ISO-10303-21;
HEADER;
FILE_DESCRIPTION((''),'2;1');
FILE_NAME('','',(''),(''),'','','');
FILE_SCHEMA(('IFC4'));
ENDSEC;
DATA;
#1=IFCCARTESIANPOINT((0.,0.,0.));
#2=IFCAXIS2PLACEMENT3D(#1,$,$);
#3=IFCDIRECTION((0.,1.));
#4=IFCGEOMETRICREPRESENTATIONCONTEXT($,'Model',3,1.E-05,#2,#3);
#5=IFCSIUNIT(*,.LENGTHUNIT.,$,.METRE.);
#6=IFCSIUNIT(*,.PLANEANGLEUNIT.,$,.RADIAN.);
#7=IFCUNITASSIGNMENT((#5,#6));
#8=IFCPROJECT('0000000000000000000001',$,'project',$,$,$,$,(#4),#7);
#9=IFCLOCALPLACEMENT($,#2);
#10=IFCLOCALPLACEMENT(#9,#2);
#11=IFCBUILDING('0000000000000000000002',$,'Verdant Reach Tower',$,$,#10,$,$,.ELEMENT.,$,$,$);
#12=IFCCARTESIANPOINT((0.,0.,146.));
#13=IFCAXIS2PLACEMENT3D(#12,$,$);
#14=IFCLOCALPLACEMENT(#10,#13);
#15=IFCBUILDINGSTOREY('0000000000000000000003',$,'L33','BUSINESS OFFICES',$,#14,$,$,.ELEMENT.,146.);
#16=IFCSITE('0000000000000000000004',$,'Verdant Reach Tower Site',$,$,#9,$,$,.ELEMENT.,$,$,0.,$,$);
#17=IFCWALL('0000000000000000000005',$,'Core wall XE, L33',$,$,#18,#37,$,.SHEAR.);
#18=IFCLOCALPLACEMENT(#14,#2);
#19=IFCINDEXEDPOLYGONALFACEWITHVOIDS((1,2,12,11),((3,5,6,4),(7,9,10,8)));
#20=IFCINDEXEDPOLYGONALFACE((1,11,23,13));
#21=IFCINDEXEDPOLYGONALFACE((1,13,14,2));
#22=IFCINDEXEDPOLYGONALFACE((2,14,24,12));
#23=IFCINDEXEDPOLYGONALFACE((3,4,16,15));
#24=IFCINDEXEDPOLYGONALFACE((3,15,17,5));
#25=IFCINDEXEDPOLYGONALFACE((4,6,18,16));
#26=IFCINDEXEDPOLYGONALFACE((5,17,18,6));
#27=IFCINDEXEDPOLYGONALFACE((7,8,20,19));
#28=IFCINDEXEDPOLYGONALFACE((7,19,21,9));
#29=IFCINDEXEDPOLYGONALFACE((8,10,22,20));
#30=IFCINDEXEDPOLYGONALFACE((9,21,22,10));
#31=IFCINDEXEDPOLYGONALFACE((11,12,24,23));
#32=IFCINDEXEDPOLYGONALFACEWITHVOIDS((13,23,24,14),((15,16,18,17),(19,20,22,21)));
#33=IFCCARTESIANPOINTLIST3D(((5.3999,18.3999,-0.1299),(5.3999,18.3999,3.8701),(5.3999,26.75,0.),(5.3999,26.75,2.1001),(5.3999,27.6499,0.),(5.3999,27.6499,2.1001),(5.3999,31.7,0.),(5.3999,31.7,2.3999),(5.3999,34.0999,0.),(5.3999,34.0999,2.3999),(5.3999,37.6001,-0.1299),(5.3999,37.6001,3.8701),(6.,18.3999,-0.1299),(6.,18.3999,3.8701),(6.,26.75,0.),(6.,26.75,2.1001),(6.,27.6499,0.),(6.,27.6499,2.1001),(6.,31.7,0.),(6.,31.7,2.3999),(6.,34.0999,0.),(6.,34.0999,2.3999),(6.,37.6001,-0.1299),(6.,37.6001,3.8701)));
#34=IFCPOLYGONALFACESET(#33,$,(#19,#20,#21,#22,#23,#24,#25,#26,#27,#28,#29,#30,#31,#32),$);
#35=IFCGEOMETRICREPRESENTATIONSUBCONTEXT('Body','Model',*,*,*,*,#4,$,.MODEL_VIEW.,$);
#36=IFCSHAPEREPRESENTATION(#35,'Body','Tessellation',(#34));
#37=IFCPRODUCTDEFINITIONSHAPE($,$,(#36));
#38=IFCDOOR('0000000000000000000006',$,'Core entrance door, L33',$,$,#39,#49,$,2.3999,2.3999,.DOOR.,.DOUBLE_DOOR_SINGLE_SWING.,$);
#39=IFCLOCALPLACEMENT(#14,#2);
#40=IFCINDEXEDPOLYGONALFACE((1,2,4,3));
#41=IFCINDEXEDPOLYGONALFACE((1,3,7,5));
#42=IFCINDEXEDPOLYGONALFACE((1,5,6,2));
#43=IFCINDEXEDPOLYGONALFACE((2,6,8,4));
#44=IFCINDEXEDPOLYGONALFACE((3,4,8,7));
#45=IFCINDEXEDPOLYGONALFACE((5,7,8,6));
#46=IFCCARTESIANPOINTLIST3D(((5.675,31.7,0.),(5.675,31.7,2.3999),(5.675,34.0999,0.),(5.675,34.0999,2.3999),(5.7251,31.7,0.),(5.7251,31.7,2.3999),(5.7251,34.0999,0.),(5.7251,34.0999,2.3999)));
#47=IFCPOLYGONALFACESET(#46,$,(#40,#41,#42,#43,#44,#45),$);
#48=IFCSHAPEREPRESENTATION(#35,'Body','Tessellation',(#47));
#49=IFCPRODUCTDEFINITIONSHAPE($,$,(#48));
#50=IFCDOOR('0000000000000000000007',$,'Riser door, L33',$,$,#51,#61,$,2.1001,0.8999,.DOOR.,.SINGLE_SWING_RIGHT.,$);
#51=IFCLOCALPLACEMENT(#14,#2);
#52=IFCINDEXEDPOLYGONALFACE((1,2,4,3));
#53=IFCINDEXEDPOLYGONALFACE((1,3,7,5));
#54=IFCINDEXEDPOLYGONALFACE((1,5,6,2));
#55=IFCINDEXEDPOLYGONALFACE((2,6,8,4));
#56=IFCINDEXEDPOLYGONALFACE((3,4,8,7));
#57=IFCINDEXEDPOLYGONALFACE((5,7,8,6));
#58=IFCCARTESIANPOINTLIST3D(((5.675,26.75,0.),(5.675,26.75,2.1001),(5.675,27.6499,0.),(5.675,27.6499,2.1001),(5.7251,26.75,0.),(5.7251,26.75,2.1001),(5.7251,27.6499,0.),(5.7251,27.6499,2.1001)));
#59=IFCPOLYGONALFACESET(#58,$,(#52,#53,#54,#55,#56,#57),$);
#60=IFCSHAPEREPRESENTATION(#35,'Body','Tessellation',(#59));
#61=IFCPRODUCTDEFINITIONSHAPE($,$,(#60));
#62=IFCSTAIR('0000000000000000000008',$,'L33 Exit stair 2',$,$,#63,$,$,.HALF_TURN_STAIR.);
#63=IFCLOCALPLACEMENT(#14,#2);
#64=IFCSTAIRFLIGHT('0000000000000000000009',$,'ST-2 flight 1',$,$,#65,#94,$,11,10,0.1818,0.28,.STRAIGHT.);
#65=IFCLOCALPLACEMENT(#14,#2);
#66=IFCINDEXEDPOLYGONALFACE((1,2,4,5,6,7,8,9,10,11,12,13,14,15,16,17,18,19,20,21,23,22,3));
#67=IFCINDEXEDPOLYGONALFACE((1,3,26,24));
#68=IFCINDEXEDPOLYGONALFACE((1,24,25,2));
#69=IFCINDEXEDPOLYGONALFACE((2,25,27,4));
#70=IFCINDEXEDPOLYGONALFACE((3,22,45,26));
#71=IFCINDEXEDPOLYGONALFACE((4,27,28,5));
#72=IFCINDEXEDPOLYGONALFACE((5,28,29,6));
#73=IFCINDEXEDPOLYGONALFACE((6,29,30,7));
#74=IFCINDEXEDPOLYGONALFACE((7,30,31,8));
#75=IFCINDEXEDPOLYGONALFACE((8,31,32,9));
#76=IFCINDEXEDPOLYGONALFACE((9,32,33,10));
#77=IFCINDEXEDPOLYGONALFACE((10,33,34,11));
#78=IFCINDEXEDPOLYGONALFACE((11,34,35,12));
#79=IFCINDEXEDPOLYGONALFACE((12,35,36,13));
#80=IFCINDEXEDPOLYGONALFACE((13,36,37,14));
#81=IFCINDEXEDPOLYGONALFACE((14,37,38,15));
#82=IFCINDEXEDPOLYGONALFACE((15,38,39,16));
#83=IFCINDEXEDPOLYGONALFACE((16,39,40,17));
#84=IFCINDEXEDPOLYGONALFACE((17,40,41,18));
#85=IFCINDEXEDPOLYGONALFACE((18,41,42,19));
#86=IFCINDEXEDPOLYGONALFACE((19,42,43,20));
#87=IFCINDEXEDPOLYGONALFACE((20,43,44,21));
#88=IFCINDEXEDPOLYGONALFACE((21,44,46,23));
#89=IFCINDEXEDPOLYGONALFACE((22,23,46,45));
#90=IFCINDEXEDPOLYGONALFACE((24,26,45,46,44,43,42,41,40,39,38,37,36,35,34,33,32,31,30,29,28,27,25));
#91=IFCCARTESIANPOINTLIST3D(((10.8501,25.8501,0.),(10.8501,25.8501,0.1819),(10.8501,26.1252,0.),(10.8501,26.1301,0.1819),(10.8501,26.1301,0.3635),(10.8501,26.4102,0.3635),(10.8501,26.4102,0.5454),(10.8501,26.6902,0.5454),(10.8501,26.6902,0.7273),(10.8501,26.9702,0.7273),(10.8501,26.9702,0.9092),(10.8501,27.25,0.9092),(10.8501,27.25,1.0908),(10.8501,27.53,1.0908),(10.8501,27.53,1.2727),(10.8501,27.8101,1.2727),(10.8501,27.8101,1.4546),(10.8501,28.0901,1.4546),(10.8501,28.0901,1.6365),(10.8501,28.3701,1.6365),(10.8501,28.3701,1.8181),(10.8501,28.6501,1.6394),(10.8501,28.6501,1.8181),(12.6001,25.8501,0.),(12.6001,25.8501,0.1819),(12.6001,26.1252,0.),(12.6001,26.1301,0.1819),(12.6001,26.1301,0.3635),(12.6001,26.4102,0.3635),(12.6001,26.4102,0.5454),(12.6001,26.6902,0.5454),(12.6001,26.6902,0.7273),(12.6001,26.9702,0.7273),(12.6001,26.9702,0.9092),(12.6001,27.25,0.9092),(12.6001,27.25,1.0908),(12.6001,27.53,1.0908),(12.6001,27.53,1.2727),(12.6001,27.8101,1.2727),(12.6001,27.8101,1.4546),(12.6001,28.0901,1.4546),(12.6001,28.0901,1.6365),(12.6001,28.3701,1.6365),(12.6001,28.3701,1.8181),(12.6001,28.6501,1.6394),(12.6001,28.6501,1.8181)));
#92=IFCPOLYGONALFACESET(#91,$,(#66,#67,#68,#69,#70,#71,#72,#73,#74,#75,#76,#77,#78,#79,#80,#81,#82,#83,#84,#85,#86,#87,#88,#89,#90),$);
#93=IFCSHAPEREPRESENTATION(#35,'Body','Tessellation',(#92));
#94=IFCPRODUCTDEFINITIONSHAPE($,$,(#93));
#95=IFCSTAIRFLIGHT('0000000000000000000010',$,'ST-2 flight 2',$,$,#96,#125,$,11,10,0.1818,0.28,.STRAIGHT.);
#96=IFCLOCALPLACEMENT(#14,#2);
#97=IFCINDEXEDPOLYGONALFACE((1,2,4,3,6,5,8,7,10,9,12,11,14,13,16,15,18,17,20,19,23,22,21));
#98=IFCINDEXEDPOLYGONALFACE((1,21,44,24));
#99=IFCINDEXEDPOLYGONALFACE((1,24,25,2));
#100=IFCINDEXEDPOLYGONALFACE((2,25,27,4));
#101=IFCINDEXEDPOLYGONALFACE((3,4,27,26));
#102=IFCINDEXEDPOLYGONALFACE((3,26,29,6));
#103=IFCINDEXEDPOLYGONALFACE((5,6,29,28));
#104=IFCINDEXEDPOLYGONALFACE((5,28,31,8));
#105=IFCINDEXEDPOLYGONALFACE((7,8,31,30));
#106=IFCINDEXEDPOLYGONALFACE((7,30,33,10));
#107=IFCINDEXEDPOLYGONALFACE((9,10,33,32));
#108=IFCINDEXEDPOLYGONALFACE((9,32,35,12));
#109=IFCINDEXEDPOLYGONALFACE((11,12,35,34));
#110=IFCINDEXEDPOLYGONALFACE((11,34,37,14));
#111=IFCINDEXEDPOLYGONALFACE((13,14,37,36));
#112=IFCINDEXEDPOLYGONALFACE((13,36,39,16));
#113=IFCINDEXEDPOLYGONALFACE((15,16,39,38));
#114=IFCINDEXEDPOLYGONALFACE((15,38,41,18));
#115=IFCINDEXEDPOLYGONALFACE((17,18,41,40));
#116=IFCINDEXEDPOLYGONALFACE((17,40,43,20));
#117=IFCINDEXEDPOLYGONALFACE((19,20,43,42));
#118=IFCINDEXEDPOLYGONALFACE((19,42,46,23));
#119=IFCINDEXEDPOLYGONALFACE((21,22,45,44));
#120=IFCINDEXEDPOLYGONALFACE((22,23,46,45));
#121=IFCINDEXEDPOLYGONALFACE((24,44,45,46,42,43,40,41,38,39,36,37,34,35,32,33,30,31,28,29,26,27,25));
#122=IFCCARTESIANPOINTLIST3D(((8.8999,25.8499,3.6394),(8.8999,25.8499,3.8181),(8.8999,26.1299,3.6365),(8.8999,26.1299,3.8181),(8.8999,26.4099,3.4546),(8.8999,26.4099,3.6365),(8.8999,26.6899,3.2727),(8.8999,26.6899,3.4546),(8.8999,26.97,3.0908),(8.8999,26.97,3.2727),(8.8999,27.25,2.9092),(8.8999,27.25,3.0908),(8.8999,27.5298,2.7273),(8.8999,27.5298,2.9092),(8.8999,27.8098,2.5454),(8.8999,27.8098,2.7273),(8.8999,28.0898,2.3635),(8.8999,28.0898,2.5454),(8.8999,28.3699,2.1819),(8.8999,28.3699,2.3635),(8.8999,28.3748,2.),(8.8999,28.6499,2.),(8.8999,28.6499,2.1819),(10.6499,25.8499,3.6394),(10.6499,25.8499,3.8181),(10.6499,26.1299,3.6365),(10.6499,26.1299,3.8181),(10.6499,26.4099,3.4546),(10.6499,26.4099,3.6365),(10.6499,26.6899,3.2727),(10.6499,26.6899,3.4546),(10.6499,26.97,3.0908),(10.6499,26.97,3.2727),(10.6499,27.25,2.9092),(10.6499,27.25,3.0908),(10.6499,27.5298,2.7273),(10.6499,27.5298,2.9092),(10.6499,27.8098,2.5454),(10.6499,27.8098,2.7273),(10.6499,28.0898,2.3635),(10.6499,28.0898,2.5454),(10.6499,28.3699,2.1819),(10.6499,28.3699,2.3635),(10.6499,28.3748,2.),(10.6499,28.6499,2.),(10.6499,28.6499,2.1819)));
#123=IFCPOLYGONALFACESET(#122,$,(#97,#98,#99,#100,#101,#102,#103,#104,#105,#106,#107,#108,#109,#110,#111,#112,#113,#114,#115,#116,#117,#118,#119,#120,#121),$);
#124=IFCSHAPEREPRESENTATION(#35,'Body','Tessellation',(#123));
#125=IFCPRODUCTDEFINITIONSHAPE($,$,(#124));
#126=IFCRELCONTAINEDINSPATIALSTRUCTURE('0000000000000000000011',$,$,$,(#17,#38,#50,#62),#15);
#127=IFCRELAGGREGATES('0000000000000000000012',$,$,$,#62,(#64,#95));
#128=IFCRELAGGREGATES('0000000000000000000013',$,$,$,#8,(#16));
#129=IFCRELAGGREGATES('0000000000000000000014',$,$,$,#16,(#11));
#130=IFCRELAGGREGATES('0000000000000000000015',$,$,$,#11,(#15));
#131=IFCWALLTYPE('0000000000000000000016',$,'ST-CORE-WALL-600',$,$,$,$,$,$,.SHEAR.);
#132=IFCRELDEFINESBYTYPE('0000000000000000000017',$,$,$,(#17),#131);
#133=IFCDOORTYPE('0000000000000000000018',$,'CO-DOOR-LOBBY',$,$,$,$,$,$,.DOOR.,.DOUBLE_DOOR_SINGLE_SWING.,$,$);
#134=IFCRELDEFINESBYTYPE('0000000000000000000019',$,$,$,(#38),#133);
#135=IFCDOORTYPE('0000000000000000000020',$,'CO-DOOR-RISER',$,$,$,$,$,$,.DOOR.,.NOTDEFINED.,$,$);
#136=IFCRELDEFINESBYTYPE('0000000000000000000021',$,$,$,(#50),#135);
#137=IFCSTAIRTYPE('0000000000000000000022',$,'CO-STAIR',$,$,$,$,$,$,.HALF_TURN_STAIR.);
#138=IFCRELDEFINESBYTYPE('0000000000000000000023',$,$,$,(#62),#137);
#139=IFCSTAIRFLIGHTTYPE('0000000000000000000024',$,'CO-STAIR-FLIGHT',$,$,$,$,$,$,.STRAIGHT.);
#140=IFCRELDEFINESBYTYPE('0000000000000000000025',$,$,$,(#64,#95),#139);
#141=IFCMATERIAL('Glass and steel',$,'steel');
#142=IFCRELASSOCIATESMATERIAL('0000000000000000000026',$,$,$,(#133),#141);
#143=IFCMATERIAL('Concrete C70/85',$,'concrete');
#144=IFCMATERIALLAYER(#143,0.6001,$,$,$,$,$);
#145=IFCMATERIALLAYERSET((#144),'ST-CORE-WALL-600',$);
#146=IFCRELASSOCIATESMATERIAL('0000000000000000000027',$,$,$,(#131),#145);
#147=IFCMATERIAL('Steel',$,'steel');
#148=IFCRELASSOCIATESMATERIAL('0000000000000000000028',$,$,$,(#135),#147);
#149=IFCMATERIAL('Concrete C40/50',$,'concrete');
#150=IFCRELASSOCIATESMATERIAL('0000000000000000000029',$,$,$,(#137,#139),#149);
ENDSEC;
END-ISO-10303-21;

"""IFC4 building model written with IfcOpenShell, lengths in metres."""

from ifc_helpers import new_model, si_unit, direction, frame, frame_2d, origin, place, context, subcontext, project, spatial, polyline, rectangle, outline, extrude, material, layer, layer_set, type_object, element, fill, aggregate, save


model = new_model("IFC4")

# Units and contexts
model_context = context("Model", 3, precision=1e-05, world=origin(), true_north=direction((0.0, 1.0)))
body_context = subcontext(model_context, "Body", "Model", "MODEL_VIEW")
ifc_project = project(units=[si_unit("LENGTHUNIT", "METRE"), si_unit("PLANEANGLEUNIT", "RADIAN")], contexts=[model_context])

# Site, building, storey
site_placement = place(None, origin())
site = spatial("IfcSite", under=ifc_project, at=site_placement, Name="Verdant Reach Tower Site", CompositionType="ELEMENT", RefElevation=0.0)
building_placement = place(site_placement, origin())
building = spatial("IfcBuilding", under=site, at=building_placement, Name="Verdant Reach Tower", CompositionType="ELEMENT")
storey_placement = place(building_placement, frame((0.0, 0.0, 146.0)))
storey = spatial("IfcBuildingStorey", under=building, at=storey_placement, Name="L33", Description="BUSINESS OFFICES", CompositionType="ELEMENT", Elevation=146.0)

# Shared definitions
ifc_material_1 = material(Name="Concrete C40/50", Category="concrete")

# Shared definitions
ifc_material_2 = material(Name="Steel", Category="steel")

# Wall, openings, doors
ifc_material_3 = material(Name="Concrete C70/85", Category="concrete")
ifc_material_4 = material(Name="Glass and steel", Category="steel")
door_type_1 = type_object("IfcDoorType", Name="CO-DOOR-LOBBY", OperationType="DOUBLE_DOOR_SINGLE_SWING", PredefinedType="DOOR", material=ifc_material_4)
ifc_layer_1 = layer(ifc_material_3, 0.6001)
ifc_layer_set_1 = layer_set([ifc_layer_1], Name="ST-CORE-WALL-600")
wall_type_1 = type_object("IfcWallType", Name="ST-CORE-WALL-600", PredefinedType="SHEAR", material=ifc_layer_set_1)
wall_1_placement = place(storey_placement, frame((5.7, 18.3999, -0.1299), z_axis=(0.0, 0.0, 1.0), x_axis=(0.0, 1.0, 0.0)))
wall_1 = element("IfcWall", 1, at=wall_1_placement, inside=storey, type_object=wall_type_1, Name="Core wall XE, L33", PredefinedType="SHEAR", context=body_context, shape_type="SweptSolid", body=[
    extrude(rectangle(XDim=19.2002, YDim=0.6001, at=frame_2d((9.6001, 0.0))), origin(), (0.0, 0.0, 1.0), 4.0),
])
opening_1_placement = place(wall_1_placement, frame((8.3501, 0.0, 0.1299)))
opening_1 = element("IfcOpeningElement", 2, at=opening_1_placement, cuts=wall_1, PredefinedType="OPENING", context=body_context, shape_type="SweptSolid", body=[
    extrude(rectangle(XDim=0.8999, YDim=2.1001, at=frame_2d((0.45, 1.05))), frame((0.0, 0.3101, 0.0), z_axis=(0.0, -1.0, 0.0), x_axis=(1.0, 0.0, 0.0)), (0.0, 0.0, 1.0), 0.6201),
])
opening_2_placement = place(wall_1_placement, frame((13.3, 0.0, 0.1299)))
opening_2 = element("IfcOpeningElement", 3, at=opening_2_placement, cuts=wall_1, PredefinedType="OPENING", context=body_context, shape_type="SweptSolid", body=[
    extrude(rectangle(XDim=2.3999, YDim=2.3999, at=frame_2d((1.2, 1.2))), frame((0.0, 0.3101, 0.0), z_axis=(0.0, -1.0, 0.0), x_axis=(1.0, 0.0, 0.0)), (0.0, 0.0, 1.0), 0.6201),
])
door_1_placement = place(opening_2_placement, origin())
door_1 = element("IfcDoor", 4, at=door_1_placement, inside=storey, type_object=door_type_1, Name="Core entrance door, L33", OperationType="DOUBLE_DOOR_SINGLE_SWING", OverallHeight=2.3999, OverallWidth=2.3999, PredefinedType="DOOR", context=body_context, shape_type="SweptSolid", body=[
    extrude(rectangle(XDim=2.3999, YDim=2.3999, at=frame_2d((1.2, 1.2))), frame((0.0, 0.0249, 0.0), z_axis=(0.0, -1.0, 0.0), x_axis=(1.0, 0.0, 0.0)), (0.0, 0.0, 1.0), 0.05),
])
fill(opening_2, door_1)
door_type_2 = type_object("IfcDoorType", Name="CO-DOOR-RISER", OperationType="NOTDEFINED", PredefinedType="DOOR", material=ifc_material_2)
door_2_placement = place(opening_1_placement, origin())
door_2 = element("IfcDoor", 5, at=door_2_placement, inside=storey, type_object=door_type_2, Name="Riser door, L33", OperationType="SINGLE_SWING_RIGHT", OverallHeight=2.1001, OverallWidth=0.8999, PredefinedType="DOOR", context=body_context, shape_type="SweptSolid", body=[
    extrude(rectangle(XDim=0.8999, YDim=2.1001, at=frame_2d((0.45, 1.05))), frame((0.0, 0.0249, 0.0), z_axis=(0.0, -1.0, 0.0), x_axis=(1.0, 0.0, 0.0)), (0.0, 0.0, 1.0), 0.05),
])
fill(opening_1, door_2)

# Stair, stair flights
stair_type = type_object("IfcStairType", Name="CO-STAIR", PredefinedType="HALF_TURN_STAIR", material=ifc_material_1)
stair_placement = place(storey_placement, origin())
stair = element("IfcStair", 6, at=stair_placement, inside=storey, type_object=stair_type, Name="L33 Exit stair 2", PredefinedType="HALF_TURN_STAIR")
stair_flight_type = type_object("IfcStairFlightType", Name="CO-STAIR-FLIGHT", PredefinedType="STRAIGHT", material=ifc_material_1)
stair_flight_1_placement = place(storey_placement, frame((11.7251, 25.8501, 0.0), z_axis=(0.0, 0.0, 1.0), x_axis=(0.0, 1.0, 0.0)))
stair_flight_1 = element("IfcStairFlight", 7, at=stair_flight_1_placement, type_object=stair_flight_type, Name="ST-2 flight 1", NumberOfRisers=11, NumberOfTreads=10, PredefinedType="STRAIGHT", RiserHeight=0.1818, TreadLength=0.28, context=body_context, shape_type="SweptSolid", body=[
    extrude(outline(polyline([(0.0, 0.0), (0.0, 0.1819), (0.28, 0.1819), (0.28, 0.3635), (0.5601, 0.3635), (0.5601, 0.5454), (0.8401, 0.5454), (0.8401, 0.7273), (1.1201, 0.7273), (1.1201, 0.9092), (1.3999, 0.9092), (1.3999, 1.0908), (1.6799, 1.0908), (1.6799, 1.2727), (1.96, 1.2727), (1.96, 1.4546), (2.24, 1.4546), (2.24, 1.6365), (2.52, 1.6365), (2.52, 1.8181), (2.8, 1.8181), (2.8, 2.0), (2.8, 1.6394), (0.2751, 0.0), (0.0, 0.0)])), frame((0.0, 0.875, 0.0), z_axis=(0.0, -1.0, 0.0), x_axis=(1.0, 0.0, 0.0)), (0.0, 0.0, 1.0), 1.75),
])
stair_flight_2_placement = place(storey_placement, frame((9.7749, 28.6499, 2.0), z_axis=(0.0, 0.0, 1.0), x_axis=(0.0, -1.0, 0.0)))
stair_flight_2 = element("IfcStairFlight", 8, at=stair_flight_2_placement, type_object=stair_flight_type, Name="ST-2 flight 2", NumberOfRisers=11, NumberOfTreads=10, PredefinedType="STRAIGHT", RiserHeight=0.1818, TreadLength=0.28, context=body_context, shape_type="SweptSolid", body=[
    extrude(outline(polyline([(0.0, 0.0), (0.0, 0.1819), (0.28, 0.1819), (0.28, 0.3635), (0.5601, 0.3635), (0.5601, 0.5454), (0.8401, 0.5454), (0.8401, 0.7273), (1.1201, 0.7273), (1.1201, 0.9092), (1.3999, 0.9092), (1.3999, 1.0908), (1.6799, 1.0908), (1.6799, 1.2727), (1.96, 1.2727), (1.96, 1.4546), (2.24, 1.4546), (2.24, 1.6365), (2.52, 1.6365), (2.52, 1.8181), (2.8, 1.8181), (2.8, 2.0), (2.8, 1.6394), (0.2751, 0.0), (0.0, 0.0)])), frame((0.0, 0.875, 0.0), z_axis=(0.0, -1.0, 0.0), x_axis=(1.0, 0.0, 0.0)), (0.0, 0.0, 1.0), 1.75),
])
aggregate(stair, [stair_flight_1, stair_flight_2])

save(model, "model.ifc")
